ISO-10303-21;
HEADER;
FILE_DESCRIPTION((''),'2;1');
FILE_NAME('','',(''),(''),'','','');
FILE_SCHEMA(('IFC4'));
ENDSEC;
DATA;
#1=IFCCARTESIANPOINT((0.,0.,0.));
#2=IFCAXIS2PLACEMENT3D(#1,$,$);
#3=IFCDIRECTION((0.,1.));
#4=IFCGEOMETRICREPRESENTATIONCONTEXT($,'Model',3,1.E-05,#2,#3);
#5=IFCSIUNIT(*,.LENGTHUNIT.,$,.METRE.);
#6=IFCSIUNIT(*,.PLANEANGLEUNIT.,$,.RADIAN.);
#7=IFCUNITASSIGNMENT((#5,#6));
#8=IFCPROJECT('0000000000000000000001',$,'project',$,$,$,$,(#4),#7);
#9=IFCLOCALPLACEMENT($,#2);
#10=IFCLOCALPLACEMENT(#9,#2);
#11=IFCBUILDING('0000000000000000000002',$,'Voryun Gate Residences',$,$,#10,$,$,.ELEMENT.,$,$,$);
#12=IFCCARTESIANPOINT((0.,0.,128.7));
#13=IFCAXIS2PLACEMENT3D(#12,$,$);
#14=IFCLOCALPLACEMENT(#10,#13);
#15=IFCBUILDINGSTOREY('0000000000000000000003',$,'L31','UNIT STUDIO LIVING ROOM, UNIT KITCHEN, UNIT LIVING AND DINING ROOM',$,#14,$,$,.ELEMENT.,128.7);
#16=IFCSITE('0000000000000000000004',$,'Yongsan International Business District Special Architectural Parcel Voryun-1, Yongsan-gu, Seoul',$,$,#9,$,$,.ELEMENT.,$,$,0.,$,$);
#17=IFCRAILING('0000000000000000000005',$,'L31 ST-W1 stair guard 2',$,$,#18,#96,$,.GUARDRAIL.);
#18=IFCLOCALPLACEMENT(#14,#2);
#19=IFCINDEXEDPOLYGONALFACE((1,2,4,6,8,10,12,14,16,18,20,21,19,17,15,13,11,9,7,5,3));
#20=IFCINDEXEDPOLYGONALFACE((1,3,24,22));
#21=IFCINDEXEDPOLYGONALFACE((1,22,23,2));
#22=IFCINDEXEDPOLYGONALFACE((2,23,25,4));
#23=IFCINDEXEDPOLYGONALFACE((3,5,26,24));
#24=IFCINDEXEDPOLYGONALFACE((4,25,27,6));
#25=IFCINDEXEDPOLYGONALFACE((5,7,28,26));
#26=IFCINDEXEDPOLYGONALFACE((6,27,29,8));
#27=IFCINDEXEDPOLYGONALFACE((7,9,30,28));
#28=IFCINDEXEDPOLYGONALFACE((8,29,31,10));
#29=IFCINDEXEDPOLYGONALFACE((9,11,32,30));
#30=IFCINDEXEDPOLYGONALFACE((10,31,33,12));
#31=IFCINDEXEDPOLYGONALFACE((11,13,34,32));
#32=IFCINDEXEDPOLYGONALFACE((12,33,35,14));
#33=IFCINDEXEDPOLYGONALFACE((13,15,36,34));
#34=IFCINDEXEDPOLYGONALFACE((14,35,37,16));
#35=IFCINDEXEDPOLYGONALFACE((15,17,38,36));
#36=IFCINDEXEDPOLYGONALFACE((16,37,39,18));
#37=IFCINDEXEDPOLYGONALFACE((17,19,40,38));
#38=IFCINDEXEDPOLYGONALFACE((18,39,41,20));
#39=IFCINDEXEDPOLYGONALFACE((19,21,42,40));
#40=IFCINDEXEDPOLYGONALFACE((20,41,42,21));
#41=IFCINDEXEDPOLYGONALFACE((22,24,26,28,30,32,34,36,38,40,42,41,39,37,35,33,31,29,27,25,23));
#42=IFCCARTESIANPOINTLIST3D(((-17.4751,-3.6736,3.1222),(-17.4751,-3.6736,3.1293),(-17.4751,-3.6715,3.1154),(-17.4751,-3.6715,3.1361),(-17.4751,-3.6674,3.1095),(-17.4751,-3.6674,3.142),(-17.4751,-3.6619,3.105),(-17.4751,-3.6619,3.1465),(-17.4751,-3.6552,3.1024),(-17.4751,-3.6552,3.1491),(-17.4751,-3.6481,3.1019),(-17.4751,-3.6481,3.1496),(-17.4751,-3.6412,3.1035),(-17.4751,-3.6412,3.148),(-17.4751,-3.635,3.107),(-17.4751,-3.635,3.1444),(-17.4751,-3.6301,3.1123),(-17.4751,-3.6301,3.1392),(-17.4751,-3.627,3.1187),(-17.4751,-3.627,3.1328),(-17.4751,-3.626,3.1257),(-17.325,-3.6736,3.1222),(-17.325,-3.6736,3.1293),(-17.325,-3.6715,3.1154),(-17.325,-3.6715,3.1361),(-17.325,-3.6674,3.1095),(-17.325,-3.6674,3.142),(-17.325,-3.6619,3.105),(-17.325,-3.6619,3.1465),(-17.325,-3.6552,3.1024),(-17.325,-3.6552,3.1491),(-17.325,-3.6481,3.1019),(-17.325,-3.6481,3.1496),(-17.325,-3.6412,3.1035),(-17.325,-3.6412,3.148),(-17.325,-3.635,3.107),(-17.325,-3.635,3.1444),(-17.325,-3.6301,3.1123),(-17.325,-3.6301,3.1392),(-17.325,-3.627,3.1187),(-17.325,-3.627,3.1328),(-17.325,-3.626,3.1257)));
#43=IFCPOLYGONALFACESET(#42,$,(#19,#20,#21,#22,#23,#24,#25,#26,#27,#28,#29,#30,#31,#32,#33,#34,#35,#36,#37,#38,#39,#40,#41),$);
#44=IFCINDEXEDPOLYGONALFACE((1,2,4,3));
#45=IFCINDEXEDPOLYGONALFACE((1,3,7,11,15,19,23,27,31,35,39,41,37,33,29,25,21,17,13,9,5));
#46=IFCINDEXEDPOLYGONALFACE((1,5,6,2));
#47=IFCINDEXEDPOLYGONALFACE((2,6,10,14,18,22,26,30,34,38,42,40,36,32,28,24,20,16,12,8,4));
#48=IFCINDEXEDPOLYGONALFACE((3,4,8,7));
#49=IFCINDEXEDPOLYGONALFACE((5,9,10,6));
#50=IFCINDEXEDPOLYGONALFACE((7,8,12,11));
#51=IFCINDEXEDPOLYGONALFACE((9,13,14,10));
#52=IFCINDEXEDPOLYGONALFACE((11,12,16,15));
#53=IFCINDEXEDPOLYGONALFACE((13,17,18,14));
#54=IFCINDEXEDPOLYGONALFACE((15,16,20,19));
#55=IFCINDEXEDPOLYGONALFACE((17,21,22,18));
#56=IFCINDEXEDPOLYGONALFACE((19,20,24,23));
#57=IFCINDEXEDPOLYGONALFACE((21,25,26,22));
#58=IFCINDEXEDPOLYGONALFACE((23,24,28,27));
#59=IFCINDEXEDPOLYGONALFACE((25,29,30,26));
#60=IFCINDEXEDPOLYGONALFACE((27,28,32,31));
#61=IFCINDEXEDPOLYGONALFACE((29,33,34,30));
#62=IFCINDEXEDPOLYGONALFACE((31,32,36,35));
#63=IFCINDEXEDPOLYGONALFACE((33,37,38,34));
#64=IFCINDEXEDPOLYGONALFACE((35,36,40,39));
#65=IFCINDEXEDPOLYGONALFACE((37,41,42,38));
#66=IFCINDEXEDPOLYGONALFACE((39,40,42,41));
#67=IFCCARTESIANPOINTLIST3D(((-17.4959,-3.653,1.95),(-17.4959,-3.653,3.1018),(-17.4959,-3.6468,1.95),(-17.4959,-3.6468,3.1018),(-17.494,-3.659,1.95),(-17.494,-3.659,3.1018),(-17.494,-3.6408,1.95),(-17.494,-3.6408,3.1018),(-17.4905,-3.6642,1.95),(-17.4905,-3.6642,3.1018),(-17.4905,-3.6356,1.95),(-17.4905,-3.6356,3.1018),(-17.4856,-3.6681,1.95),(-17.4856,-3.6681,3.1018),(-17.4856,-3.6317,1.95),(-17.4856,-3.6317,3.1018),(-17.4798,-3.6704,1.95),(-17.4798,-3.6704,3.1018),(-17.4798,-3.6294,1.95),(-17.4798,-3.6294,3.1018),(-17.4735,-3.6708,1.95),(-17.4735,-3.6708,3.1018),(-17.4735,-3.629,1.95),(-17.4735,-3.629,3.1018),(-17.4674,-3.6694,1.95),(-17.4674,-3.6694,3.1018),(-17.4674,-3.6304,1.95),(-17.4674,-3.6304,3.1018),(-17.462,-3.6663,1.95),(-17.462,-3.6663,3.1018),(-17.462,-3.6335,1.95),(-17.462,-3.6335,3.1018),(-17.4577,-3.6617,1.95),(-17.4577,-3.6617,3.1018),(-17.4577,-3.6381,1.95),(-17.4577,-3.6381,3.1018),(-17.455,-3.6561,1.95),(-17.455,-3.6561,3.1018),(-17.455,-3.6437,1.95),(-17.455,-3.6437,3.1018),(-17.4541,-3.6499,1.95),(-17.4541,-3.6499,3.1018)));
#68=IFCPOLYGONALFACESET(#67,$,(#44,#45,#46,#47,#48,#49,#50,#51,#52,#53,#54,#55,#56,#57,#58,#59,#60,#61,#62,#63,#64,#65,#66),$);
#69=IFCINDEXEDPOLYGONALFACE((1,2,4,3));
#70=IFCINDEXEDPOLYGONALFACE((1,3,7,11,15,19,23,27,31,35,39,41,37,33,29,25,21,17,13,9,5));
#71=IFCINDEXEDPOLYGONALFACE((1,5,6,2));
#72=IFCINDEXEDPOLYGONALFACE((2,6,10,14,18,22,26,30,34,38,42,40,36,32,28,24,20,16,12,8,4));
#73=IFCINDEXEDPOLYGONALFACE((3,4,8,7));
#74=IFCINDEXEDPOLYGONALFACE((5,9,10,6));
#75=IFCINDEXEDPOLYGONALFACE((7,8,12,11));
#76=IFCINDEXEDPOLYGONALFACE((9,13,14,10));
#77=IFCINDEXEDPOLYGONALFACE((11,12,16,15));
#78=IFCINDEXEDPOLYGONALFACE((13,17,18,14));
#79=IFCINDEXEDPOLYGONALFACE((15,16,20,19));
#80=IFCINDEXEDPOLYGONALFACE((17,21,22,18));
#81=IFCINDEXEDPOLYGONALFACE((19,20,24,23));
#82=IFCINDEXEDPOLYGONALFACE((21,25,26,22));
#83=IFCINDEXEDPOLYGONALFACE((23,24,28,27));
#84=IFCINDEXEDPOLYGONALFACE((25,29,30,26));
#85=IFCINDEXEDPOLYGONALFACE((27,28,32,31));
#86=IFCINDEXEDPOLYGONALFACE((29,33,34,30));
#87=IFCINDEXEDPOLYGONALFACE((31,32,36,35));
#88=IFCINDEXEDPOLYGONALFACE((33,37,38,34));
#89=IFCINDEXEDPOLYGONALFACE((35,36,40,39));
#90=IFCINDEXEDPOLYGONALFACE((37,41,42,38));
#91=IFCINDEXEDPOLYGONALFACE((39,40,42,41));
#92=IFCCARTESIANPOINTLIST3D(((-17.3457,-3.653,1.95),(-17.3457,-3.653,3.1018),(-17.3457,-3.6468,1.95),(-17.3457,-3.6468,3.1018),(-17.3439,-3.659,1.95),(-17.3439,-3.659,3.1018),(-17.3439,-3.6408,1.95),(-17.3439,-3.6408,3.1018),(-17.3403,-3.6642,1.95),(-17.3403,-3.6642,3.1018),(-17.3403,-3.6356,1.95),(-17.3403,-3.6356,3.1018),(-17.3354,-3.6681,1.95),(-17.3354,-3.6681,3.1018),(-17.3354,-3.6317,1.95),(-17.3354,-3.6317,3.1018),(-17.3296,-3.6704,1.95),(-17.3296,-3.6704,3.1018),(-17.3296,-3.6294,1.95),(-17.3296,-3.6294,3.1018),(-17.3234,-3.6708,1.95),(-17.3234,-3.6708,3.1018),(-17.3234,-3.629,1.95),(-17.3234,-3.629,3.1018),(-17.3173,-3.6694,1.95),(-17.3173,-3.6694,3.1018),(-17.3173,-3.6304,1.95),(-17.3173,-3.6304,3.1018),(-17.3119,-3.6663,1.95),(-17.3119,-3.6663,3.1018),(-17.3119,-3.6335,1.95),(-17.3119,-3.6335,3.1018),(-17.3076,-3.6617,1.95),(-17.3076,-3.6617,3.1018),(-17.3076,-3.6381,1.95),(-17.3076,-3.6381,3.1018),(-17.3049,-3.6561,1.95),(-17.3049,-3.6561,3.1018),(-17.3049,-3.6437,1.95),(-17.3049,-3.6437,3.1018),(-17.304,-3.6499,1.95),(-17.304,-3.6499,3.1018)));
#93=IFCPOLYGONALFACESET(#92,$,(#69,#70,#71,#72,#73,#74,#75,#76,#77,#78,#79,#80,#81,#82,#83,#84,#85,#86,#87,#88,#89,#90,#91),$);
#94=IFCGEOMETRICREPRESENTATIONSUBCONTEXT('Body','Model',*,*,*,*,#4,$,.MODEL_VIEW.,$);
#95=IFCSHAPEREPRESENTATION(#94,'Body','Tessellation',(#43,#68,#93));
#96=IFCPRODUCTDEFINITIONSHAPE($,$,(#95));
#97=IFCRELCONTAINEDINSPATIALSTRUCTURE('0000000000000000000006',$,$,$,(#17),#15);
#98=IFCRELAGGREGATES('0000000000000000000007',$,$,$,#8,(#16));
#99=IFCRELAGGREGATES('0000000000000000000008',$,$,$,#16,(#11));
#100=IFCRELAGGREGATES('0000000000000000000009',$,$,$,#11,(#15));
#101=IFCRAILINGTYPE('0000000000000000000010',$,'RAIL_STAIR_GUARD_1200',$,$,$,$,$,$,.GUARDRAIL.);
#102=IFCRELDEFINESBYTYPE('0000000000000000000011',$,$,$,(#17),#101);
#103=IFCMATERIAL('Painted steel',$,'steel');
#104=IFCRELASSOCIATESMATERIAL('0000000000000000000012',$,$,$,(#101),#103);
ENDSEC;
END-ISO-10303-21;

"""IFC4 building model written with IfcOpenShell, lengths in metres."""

from ifc_helpers import new_model, si_unit, direction, frame, origin, origin_2d, place, context, subcontext, project, spatial, circle, extrude, material, type_object, element, save


model = new_model("IFC4")

# Units and contexts
model_context = context("Model", 3, precision=1e-05, world=origin(), true_north=direction((0.0, 1.0)))
body_context = subcontext(model_context, "Body", "Model", "MODEL_VIEW")
ifc_project = project(units=[si_unit("LENGTHUNIT", "METRE"), si_unit("PLANEANGLEUNIT", "RADIAN")], contexts=[model_context])

# Site, building, storey
site_placement = place(None, origin())
site = spatial("IfcSite", under=ifc_project, at=site_placement, Name="Yongsan International Business District Special Architectural Parcel Voryun-1, Yongsan-gu, Seoul", CompositionType="ELEMENT", RefElevation=0.0)
building_placement = place(site_placement, origin())
building = spatial("IfcBuilding", under=site, at=building_placement, Name="Voryun Gate Residences", CompositionType="ELEMENT")
storey_placement = place(building_placement, frame((0.0, 0.0, 128.7)))
storey = spatial("IfcBuildingStorey", under=building, at=storey_placement, Name="L31", Description="UNIT STUDIO LIVING ROOM, UNIT KITCHEN, UNIT LIVING AND DINING ROOM", CompositionType="ELEMENT", Elevation=128.7)

# Railing
ifc_material_1 = material(Name="Painted steel", Category="steel")
railing_type_1 = type_object("IfcRailingType", Name="RAIL_STAIR_GUARD_1200", PredefinedType="GUARDRAIL", material=ifc_material_1)
railing_1_placement = place(storey_placement, frame((-17.4751, -3.6499, 1.95)))
element("IfcRailing", 1, at=railing_1_placement, inside=storey, type_object=railing_type_1, Name="L31 ST-W1 stair guard 2", PredefinedType="GUARDRAIL", context=body_context, shape_type="SweptSolid", body=[
    extrude(circle(Radius=0.0239, at=origin_2d()), frame((0.0, 0.0, 1.1758), z_axis=(1.0, 0.0, 0.0), x_axis=(0.0, 1.0, 0.0)), (0.0, 0.0, 1.0), 0.1501),
    extrude(circle(Radius=0.021, at=origin_2d()), origin(), (0.0, 0.0, 1.0), 1.1519),
    extrude(circle(Radius=0.021, at=origin_2d()), frame((0.1501, 0.0, 0.0)), (0.0, 0.0, 1.0), 1.1519),
])

save(model, "model.ifc")
